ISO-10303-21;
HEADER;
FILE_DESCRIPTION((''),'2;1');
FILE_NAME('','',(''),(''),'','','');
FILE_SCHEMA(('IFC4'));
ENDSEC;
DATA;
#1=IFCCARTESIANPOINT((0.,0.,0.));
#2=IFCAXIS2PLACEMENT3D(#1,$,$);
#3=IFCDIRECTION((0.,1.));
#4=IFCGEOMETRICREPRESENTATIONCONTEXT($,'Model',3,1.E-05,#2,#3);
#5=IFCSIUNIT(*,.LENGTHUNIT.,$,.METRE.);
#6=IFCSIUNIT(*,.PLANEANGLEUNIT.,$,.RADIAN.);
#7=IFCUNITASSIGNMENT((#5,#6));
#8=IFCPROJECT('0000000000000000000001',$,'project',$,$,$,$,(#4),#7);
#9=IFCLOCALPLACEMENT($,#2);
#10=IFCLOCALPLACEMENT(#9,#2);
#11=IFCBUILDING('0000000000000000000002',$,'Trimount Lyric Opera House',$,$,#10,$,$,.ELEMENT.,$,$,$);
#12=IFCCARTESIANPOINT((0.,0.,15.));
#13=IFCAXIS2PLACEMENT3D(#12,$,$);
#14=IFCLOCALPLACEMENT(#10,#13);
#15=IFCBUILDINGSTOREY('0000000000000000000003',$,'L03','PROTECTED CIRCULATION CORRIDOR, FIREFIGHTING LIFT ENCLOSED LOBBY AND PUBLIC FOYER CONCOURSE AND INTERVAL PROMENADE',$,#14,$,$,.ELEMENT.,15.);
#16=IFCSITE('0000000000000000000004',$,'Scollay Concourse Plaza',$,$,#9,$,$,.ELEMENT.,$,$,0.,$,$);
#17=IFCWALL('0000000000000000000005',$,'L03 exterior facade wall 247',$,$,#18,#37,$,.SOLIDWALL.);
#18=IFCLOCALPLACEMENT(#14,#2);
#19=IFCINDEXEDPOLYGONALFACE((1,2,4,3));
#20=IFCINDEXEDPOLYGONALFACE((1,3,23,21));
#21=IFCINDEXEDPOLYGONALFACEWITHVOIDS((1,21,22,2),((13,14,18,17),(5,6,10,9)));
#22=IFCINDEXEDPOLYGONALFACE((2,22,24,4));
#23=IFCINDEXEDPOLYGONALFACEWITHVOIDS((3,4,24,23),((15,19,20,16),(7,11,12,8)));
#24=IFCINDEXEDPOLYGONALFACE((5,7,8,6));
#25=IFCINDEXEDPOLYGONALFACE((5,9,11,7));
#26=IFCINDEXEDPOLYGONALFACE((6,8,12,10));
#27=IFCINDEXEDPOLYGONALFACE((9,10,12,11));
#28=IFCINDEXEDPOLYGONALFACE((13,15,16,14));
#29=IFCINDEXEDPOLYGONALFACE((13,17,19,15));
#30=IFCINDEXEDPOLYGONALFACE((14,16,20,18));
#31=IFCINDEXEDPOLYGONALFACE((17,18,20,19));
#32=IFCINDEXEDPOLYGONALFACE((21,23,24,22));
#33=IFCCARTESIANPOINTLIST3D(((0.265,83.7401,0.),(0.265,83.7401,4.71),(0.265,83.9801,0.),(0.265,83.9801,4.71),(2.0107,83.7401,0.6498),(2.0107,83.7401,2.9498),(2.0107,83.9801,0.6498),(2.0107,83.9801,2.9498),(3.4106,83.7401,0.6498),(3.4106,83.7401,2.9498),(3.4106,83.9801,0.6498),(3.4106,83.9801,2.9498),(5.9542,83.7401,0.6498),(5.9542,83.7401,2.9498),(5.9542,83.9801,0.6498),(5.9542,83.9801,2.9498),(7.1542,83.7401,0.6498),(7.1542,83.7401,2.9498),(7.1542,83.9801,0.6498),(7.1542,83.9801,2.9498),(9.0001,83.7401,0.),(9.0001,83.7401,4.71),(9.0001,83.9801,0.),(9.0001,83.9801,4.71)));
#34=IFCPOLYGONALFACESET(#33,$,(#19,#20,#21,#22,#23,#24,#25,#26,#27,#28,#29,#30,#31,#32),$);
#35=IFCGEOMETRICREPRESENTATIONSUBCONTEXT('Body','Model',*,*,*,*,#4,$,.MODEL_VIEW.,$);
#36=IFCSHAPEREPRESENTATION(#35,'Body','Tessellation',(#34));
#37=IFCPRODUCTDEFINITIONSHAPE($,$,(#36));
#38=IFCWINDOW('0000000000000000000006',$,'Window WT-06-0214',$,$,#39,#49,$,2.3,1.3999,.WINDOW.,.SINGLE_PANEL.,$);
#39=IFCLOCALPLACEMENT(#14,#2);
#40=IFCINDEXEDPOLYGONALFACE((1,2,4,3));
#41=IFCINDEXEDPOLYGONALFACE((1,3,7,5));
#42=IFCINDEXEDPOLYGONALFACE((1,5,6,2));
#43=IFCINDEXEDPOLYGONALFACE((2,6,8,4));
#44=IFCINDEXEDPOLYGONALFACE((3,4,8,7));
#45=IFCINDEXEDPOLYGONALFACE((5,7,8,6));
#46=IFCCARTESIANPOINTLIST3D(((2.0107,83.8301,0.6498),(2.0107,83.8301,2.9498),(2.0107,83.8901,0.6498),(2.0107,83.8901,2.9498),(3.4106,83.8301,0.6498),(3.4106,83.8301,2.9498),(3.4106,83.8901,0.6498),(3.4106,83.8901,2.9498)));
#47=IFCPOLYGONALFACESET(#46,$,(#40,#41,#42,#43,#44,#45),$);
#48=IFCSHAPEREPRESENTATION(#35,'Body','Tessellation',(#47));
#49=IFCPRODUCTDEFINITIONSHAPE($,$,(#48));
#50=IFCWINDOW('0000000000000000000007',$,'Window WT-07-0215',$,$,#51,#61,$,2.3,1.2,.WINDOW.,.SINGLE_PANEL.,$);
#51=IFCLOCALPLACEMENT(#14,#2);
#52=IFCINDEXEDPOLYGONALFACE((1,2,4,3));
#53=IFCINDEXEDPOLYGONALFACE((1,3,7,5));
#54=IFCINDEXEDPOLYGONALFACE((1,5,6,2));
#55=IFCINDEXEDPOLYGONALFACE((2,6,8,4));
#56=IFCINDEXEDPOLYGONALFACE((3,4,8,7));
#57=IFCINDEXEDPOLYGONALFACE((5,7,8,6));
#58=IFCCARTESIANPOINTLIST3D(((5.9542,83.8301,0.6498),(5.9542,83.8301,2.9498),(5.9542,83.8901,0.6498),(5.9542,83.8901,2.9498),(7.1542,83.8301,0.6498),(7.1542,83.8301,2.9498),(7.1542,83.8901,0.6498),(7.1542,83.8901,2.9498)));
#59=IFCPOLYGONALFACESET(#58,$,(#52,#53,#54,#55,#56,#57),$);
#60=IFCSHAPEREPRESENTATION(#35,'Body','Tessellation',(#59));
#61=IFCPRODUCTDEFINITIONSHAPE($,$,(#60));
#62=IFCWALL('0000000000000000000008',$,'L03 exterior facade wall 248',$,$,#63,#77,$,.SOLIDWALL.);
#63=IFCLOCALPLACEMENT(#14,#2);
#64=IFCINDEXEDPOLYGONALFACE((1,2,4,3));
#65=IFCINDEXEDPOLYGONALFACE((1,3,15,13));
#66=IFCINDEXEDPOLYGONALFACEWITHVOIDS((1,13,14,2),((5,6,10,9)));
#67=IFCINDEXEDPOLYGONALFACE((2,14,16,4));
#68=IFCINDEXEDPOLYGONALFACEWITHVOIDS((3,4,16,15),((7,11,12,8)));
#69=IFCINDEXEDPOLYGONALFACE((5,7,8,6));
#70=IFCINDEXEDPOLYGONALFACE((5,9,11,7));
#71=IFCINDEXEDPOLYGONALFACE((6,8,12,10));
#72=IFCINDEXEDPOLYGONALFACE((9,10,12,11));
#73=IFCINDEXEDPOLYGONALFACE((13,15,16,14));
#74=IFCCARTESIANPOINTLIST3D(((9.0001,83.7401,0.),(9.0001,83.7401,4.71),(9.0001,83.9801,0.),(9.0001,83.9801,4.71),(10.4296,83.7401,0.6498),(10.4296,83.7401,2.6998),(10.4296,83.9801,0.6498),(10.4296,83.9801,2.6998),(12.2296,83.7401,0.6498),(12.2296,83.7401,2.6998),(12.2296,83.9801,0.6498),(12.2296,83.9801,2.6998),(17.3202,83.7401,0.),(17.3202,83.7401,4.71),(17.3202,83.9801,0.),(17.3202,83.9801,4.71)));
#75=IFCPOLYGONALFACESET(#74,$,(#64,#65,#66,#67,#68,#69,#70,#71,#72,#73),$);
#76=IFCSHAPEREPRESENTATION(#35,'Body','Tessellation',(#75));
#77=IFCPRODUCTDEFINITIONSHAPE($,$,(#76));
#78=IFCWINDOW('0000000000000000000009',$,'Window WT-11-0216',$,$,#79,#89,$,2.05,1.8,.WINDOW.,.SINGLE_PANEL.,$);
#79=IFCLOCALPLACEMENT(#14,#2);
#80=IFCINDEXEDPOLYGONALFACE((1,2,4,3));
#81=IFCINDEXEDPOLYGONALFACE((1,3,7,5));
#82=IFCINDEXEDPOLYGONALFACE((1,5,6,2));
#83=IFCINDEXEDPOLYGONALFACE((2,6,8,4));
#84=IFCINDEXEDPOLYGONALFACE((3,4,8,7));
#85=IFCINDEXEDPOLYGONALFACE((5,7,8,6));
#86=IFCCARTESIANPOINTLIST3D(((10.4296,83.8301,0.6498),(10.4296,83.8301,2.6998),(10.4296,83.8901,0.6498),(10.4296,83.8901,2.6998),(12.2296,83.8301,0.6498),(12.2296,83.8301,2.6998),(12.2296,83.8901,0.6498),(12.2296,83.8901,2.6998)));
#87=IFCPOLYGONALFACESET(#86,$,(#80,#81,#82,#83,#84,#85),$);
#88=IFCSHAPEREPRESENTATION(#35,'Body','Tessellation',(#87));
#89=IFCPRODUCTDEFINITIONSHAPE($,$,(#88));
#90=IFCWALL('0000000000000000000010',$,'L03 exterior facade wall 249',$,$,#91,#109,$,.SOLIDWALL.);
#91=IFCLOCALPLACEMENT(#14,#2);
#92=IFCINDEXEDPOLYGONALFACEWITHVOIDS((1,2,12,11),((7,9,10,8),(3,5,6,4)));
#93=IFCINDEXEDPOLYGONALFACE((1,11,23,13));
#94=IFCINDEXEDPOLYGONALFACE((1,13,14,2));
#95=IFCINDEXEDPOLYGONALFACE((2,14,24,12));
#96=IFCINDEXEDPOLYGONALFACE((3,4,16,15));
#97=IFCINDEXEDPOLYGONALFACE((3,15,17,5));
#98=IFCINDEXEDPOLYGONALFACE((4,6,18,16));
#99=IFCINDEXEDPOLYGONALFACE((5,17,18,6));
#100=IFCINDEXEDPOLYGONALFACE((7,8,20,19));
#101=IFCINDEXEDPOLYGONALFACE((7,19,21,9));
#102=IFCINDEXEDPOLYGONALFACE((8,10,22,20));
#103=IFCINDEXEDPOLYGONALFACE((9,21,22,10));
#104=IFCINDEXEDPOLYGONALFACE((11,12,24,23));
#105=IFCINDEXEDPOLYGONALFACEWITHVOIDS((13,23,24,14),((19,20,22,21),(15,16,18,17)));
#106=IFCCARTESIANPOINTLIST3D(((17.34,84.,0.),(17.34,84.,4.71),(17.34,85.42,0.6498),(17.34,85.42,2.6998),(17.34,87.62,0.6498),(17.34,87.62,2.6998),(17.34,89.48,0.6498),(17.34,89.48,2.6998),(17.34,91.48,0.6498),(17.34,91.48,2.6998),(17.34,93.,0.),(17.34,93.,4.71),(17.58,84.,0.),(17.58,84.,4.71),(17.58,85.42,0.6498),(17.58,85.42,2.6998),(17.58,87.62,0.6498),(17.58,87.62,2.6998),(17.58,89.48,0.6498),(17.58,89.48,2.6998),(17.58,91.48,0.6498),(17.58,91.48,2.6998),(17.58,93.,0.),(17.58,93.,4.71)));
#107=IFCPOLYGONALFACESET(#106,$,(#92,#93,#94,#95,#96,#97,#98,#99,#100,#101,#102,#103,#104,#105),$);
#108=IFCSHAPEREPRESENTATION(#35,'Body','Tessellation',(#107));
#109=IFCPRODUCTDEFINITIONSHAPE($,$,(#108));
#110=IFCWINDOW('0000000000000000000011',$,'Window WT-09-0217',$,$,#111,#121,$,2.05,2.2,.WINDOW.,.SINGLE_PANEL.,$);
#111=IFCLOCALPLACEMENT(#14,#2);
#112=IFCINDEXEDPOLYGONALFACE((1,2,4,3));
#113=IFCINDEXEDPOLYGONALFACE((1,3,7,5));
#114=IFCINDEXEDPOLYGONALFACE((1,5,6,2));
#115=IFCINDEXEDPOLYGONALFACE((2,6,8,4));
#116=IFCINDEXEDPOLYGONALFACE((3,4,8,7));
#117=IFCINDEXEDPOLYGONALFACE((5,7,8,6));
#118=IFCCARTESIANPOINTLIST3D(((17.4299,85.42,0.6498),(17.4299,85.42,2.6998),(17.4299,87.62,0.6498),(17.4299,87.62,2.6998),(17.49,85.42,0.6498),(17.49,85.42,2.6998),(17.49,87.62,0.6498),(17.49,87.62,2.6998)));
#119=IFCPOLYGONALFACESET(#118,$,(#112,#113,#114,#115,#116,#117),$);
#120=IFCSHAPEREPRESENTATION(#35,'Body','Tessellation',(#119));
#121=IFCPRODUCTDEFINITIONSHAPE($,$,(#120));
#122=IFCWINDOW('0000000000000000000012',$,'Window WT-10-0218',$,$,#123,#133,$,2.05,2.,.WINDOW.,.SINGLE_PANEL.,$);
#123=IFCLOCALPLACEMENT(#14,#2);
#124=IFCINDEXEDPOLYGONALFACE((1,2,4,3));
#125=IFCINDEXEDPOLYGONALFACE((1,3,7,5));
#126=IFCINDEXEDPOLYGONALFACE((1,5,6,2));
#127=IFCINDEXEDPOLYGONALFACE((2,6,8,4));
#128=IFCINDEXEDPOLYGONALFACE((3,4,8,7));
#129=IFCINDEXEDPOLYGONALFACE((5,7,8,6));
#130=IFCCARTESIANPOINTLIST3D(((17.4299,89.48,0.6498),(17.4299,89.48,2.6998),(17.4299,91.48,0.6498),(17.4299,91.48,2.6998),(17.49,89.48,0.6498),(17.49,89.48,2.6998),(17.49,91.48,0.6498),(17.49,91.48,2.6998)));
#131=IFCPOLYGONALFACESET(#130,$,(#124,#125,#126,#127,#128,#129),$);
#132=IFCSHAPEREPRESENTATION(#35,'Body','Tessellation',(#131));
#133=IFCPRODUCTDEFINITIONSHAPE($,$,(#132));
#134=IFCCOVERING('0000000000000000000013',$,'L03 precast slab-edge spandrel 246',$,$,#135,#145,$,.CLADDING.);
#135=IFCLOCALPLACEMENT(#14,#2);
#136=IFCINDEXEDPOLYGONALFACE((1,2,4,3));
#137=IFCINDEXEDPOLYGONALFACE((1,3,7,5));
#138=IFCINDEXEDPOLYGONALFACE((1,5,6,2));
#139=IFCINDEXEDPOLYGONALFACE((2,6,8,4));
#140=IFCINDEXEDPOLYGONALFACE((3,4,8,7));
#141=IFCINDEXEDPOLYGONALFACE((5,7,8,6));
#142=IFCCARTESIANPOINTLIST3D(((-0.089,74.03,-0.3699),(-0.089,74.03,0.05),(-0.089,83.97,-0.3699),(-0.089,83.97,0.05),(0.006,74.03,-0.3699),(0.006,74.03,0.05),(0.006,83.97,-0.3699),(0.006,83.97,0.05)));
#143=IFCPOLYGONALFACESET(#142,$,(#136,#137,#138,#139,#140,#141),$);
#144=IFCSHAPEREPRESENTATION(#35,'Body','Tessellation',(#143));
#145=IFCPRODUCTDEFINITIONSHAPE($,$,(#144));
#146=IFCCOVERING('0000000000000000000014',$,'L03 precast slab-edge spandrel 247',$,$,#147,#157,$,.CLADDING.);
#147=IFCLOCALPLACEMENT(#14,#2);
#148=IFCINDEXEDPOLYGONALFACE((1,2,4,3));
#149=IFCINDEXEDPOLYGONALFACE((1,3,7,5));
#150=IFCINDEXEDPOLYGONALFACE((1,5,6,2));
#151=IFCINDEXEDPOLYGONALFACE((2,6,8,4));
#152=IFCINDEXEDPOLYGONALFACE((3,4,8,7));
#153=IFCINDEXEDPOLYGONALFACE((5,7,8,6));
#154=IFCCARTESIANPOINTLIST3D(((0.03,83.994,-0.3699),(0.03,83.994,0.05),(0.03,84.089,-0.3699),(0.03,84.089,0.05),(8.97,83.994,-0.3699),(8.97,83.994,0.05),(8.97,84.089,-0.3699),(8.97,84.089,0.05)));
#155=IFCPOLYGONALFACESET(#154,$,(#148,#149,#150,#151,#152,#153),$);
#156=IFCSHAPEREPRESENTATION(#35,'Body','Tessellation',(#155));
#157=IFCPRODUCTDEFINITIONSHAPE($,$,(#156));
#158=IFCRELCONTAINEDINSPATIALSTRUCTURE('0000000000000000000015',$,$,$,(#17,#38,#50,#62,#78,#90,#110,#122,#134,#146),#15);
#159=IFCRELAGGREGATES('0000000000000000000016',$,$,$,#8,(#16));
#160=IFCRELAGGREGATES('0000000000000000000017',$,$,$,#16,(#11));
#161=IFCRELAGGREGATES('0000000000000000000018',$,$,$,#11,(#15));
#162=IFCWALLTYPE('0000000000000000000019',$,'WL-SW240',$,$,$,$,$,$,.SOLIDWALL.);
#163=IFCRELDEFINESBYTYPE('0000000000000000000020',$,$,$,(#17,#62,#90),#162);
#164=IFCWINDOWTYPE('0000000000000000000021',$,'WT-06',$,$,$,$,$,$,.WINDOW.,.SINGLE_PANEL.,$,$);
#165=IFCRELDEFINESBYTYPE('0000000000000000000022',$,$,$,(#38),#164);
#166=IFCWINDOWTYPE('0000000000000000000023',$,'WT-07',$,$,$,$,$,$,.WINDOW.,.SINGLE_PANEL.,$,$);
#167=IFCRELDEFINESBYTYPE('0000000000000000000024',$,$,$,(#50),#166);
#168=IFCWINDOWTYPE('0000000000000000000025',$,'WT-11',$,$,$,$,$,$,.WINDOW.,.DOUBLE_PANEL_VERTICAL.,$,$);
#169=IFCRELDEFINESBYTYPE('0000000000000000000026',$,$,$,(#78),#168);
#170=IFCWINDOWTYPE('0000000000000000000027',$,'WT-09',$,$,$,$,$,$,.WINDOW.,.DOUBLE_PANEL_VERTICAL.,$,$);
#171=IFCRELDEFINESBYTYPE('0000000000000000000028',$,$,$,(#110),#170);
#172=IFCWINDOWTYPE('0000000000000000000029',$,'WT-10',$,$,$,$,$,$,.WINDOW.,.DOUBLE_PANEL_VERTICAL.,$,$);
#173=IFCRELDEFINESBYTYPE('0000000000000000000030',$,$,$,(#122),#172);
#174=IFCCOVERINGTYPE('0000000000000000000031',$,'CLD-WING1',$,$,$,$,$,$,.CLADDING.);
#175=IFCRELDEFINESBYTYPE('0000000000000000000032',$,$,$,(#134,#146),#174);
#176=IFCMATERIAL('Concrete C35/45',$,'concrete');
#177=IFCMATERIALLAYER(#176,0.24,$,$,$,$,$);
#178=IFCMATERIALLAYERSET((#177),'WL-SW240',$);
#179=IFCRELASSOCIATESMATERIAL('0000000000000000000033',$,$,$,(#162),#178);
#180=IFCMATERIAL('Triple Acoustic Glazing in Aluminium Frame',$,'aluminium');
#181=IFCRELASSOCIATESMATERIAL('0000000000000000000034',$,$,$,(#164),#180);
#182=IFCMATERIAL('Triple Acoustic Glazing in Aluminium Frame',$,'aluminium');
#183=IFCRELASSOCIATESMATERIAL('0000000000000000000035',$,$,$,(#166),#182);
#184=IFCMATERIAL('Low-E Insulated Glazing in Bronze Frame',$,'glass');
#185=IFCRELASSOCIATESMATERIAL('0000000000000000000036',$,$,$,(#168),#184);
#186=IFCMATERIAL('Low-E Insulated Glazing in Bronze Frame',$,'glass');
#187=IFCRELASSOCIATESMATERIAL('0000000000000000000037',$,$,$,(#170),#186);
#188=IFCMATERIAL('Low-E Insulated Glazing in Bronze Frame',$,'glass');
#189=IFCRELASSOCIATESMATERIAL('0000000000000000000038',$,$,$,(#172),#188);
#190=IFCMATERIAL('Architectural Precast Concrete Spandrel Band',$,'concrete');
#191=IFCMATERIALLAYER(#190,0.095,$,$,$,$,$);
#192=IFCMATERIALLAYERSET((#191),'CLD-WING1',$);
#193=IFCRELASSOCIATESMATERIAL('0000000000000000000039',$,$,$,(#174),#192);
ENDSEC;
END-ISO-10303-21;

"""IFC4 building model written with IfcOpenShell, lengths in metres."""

from ifc_helpers import new_model, si_unit, direction, frame, frame_2d, origin, origin_2d, place, context, subcontext, project, spatial, rectangle, extrude, material, layer, layer_set, type_object, element, fill, save


model = new_model("IFC4")

# Units and contexts
model_context = context("Model", 3, precision=1e-05, world=origin(), true_north=direction((0.0, 1.0)))
body_context = subcontext(model_context, "Body", "Model", "MODEL_VIEW")
ifc_project = project(units=[si_unit("LENGTHUNIT", "METRE"), si_unit("PLANEANGLEUNIT", "RADIAN")], contexts=[model_context])

# Site, building, storey
site_placement = place(None, origin())
site = spatial("IfcSite", under=ifc_project, at=site_placement, Name="Scollay Concourse Plaza", CompositionType="ELEMENT", RefElevation=0.0)
building_placement = place(site_placement, origin())
building = spatial("IfcBuilding", under=site, at=building_placement, Name="Trimount Lyric Opera House", CompositionType="ELEMENT")
storey_placement = place(building_placement, frame((0.0, 0.0, 15.0)))
storey = spatial("IfcBuildingStorey", under=building, at=storey_placement, Name="L03", Description="PROTECTED CIRCULATION CORRIDOR, FIREFIGHTING LIFT ENCLOSED LOBBY AND PUBLIC FOYER CONCOURSE AND INTERVAL PROMENADE", CompositionType="ELEMENT", Elevation=15.0)

# Wall, openings, windows
ifc_material_1 = material(Name="Concrete C35/45", Category="concrete")
ifc_layer_1 = layer(ifc_material_1, 0.24)
ifc_layer_set_1 = layer_set([ifc_layer_1], Name="WL-SW240")
wall_type_1 = type_object("IfcWallType", Name="WL-SW240", PredefinedType="SOLIDWALL", material=ifc_layer_set_1)
wall_1_placement = place(storey_placement, frame((0.2649, 83.8601, 0.0), z_axis=(0.0, 0.0, 1.0), x_axis=(1.0, 0.0, 0.0)))
wall_1 = element("IfcWall", 1, at=wall_1_placement, inside=storey, type_object=wall_type_1, Name="L03 exterior facade wall 247", PredefinedType="SOLIDWALL", context=body_context, shape_type="SweptSolid", body=[
    extrude(rectangle(XDim=8.7351, YDim=0.24, at=frame_2d((4.3677, 0.0))), origin(), (0.0, 0.0, 1.0), 4.71),
])
opening_1_placement = place(wall_1_placement, frame((1.7458, 0.0, 0.6499)))
opening_1 = element("IfcOpeningElement", 2, at=opening_1_placement, cuts=wall_1, PredefinedType="OPENING", context=body_context, shape_type="SweptSolid", body=[
    extrude(rectangle(XDim=1.3999, YDim=2.3, at=frame_2d((0.7, 1.1499))), frame((0.0, 0.1299, 0.0), z_axis=(0.0, -1.0, 0.0), x_axis=(1.0, 0.0, 0.0)), (0.0, 0.0, 1.0), 0.26),
])
opening_2_placement = place(wall_1_placement, frame((5.6892, 0.0, 0.6499)))
opening_2 = element("IfcOpeningElement", 3, at=opening_2_placement, cuts=wall_1, PredefinedType="OPENING", context=body_context, shape_type="SweptSolid", body=[
    extrude(rectangle(XDim=1.2, YDim=2.3, at=frame_2d((0.6001, 1.1499))), frame((0.0, 0.1299, 0.0), z_axis=(0.0, -1.0, 0.0), x_axis=(1.0, 0.0, 0.0)), (0.0, 0.0, 1.0), 0.26),
])
ifc_material_2 = material(Name="Triple Acoustic Glazing in Aluminium Frame", Category="aluminium")
window_type_1 = type_object("IfcWindowType", Name="WT-06", PartitioningType="SINGLE_PANEL", PredefinedType="WINDOW", material=ifc_material_2)
window_1_placement = place(opening_1_placement, origin())
window_1 = element("IfcWindow", 4, at=window_1_placement, inside=storey, type_object=window_type_1, Name="Window WT-06-0214", OverallHeight=2.3, OverallWidth=1.3999, PartitioningType="SINGLE_PANEL", PredefinedType="WINDOW", context=body_context, shape_type="SweptSolid", body=[
    extrude(rectangle(XDim=1.3999, YDim=2.3, at=frame_2d((0.7, 1.1499))), frame((0.0, 0.03, 0.0), z_axis=(0.0, -1.0, 0.0), x_axis=(1.0, 0.0, 0.0)), (0.0, 0.0, 1.0), 0.0601),
])
fill(opening_1, window_1)
ifc_material_3 = material(Name="Triple Acoustic Glazing in Aluminium Frame", Category="aluminium")
window_type_2 = type_object("IfcWindowType", Name="WT-07", PartitioningType="SINGLE_PANEL", PredefinedType="WINDOW", material=ifc_material_3)
window_2_placement = place(opening_2_placement, origin())
window_2 = element("IfcWindow", 5, at=window_2_placement, inside=storey, type_object=window_type_2, Name="Window WT-07-0215", OverallHeight=2.3, OverallWidth=1.2, PartitioningType="SINGLE_PANEL", PredefinedType="WINDOW", context=body_context, shape_type="SweptSolid", body=[
    extrude(rectangle(XDim=1.2, YDim=2.3, at=frame_2d((0.6001, 1.1499))), frame((0.0, 0.03, 0.0), z_axis=(0.0, -1.0, 0.0), x_axis=(1.0, 0.0, 0.0)), (0.0, 0.0, 1.0), 0.0601),
])
fill(opening_2, window_2)

# Wall, opening, window
wall_2_placement = place(storey_placement, frame((9.0, 83.8601, 0.0), z_axis=(0.0, 0.0, 1.0), x_axis=(1.0, 0.0, 0.0)))
wall_2 = element("IfcWall", 6, at=wall_2_placement, inside=storey, type_object=wall_type_1, Name="L03 exterior facade wall 248", PredefinedType="SOLIDWALL", context=body_context, shape_type="SweptSolid", body=[
    extrude(rectangle(XDim=8.3201, YDim=0.24, at=frame_2d((4.1602, 0.0))), origin(), (0.0, 0.0, 1.0), 4.71),
])
opening_3_placement = place(wall_2_placement, frame((1.4297, 0.0, 0.6499)))
opening_3 = element("IfcOpeningElement", 7, at=opening_3_placement, cuts=wall_2, PredefinedType="OPENING", context=body_context, shape_type="SweptSolid", body=[
    extrude(rectangle(XDim=1.8, YDim=2.05, at=frame_2d((0.8999, 1.0249))), frame((0.0, 0.1299, 0.0), z_axis=(0.0, -1.0, 0.0), x_axis=(1.0, 0.0, 0.0)), (0.0, 0.0, 1.0), 0.26),
])
ifc_material_4 = material(Name="Low-E Insulated Glazing in Bronze Frame", Category="glass")
window_type_3 = type_object("IfcWindowType", Name="WT-11", PartitioningType="DOUBLE_PANEL_VERTICAL", PredefinedType="WINDOW", material=ifc_material_4)
window_3_placement = place(opening_3_placement, origin())
window_3 = element("IfcWindow", 8, at=window_3_placement, inside=storey, type_object=window_type_3, Name="Window WT-11-0216", OverallHeight=2.05, OverallWidth=1.8, PartitioningType="SINGLE_PANEL", PredefinedType="WINDOW", context=body_context, shape_type="SweptSolid", body=[
    extrude(rectangle(XDim=1.8, YDim=2.05, at=frame_2d((0.8999, 1.0249))), frame((0.0, 0.03, 0.0), z_axis=(0.0, -1.0, 0.0), x_axis=(1.0, 0.0, 0.0)), (0.0, 0.0, 1.0), 0.0601),
])
fill(opening_3, window_3)

# Wall, openings, windows
wall_3_placement = place(storey_placement, frame((17.46, 84.0, 0.0), z_axis=(0.0, 0.0, 1.0), x_axis=(0.0, 1.0, 0.0)))
wall_3 = element("IfcWall", 9, at=wall_3_placement, inside=storey, type_object=wall_type_1, Name="L03 exterior facade wall 249", PredefinedType="SOLIDWALL", context=body_context, shape_type="SweptSolid", body=[
    extrude(rectangle(XDim=9.0, YDim=0.24, at=frame_2d((4.5, 0.0))), origin(), (0.0, 0.0, 1.0), 4.71),
])
opening_4_placement = place(wall_3_placement, frame((1.4199, 0.0, 0.6499)))
opening_4 = element("IfcOpeningElement", 10, at=opening_4_placement, cuts=wall_3, PredefinedType="OPENING", context=body_context, shape_type="SweptSolid", body=[
    extrude(rectangle(XDim=2.2, YDim=2.05, at=frame_2d((1.1001, 1.0249))), frame((0.0, 0.1299, 0.0), z_axis=(0.0, -1.0, 0.0), x_axis=(1.0, 0.0, 0.0)), (0.0, 0.0, 1.0), 0.26),
])
opening_5_placement = place(wall_3_placement, frame((5.48, 0.0, 0.6499)))
opening_5 = element("IfcOpeningElement", 11, at=opening_5_placement, cuts=wall_3, PredefinedType="OPENING", context=body_context, shape_type="SweptSolid", body=[
    extrude(rectangle(XDim=2.0, YDim=2.05, at=frame_2d((1.0, 1.0249))), frame((0.0, 0.1299, 0.0), z_axis=(0.0, -1.0, 0.0), x_axis=(1.0, 0.0, 0.0)), (0.0, 0.0, 1.0), 0.26),
])
ifc_material_5 = material(Name="Low-E Insulated Glazing in Bronze Frame", Category="glass")
window_type_4 = type_object("IfcWindowType", Name="WT-09", PartitioningType="DOUBLE_PANEL_VERTICAL", PredefinedType="WINDOW", material=ifc_material_5)
window_4_placement = place(opening_4_placement, origin())
window_4 = element("IfcWindow", 12, at=window_4_placement, inside=storey, type_object=window_type_4, Name="Window WT-09-0217", OverallHeight=2.05, OverallWidth=2.2, PartitioningType="SINGLE_PANEL", PredefinedType="WINDOW", context=body_context, shape_type="SweptSolid", body=[
    extrude(rectangle(XDim=2.2, YDim=2.05, at=frame_2d((1.1001, 1.0249))), frame((0.0, 0.03, 0.0), z_axis=(0.0, -1.0, 0.0), x_axis=(1.0, 0.0, 0.0)), (0.0, 0.0, 1.0), 0.0601),
])
fill(opening_4, window_4)
ifc_material_6 = material(Name="Low-E Insulated Glazing in Bronze Frame", Category="glass")
window_type_5 = type_object("IfcWindowType", Name="WT-10", PartitioningType="DOUBLE_PANEL_VERTICAL", PredefinedType="WINDOW", material=ifc_material_6)
window_5_placement = place(opening_5_placement, origin())
window_5 = element("IfcWindow", 13, at=window_5_placement, inside=storey, type_object=window_type_5, Name="Window WT-10-0218", OverallHeight=2.05, OverallWidth=2.0, PartitioningType="SINGLE_PANEL", PredefinedType="WINDOW", context=body_context, shape_type="SweptSolid", body=[
    extrude(rectangle(XDim=2.0, YDim=2.05, at=frame_2d((1.0, 1.0249))), frame((0.0, 0.03, 0.0), z_axis=(0.0, -1.0, 0.0), x_axis=(1.0, 0.0, 0.0)), (0.0, 0.0, 1.0), 0.0601),
])
fill(opening_5, window_5)

# Coverings
ifc_material_7 = material(Name="Architectural Precast Concrete Spandrel Band", Category="concrete")
ifc_layer_2 = layer(ifc_material_7, 0.095)
ifc_layer_set_2 = layer_set([ifc_layer_2], Name="CLD-WING1")
covering_type = type_object("IfcCoveringType", Name="CLD-WING1", PredefinedType="CLADDING", material=ifc_layer_set_2)
covering_1_placement = place(storey_placement, frame((-0.0415, 79.0, -0.3699), z_axis=(0.0, 0.0, 1.0), x_axis=(0.0, 1.0, 0.0)))
element("IfcCovering", 14, at=covering_1_placement, inside=storey, type_object=covering_type, Name="L03 precast slab-edge spandrel 246", PredefinedType="CLADDING", context=body_context, shape_type="SweptSolid", body=[
    extrude(rectangle(XDim=9.9399, YDim=0.095, at=origin_2d()), origin(), (0.0, 0.0, 1.0), 0.4199),
])
covering_2_placement = place(storey_placement, frame((4.5, 84.0415, -0.3699), z_axis=(0.0, 0.0, 1.0), x_axis=(1.0, 0.0, 0.0)))
element("IfcCovering", 15, at=covering_2_placement, inside=storey, type_object=covering_type, Name="L03 precast slab-edge spandrel 247", PredefinedType="CLADDING", context=body_context, shape_type="SweptSolid", body=[
    extrude(rectangle(XDim=8.9399, YDim=0.095, at=origin_2d()), origin(), (0.0, 0.0, 1.0), 0.4199),
])

save(model, "model.ifc")
